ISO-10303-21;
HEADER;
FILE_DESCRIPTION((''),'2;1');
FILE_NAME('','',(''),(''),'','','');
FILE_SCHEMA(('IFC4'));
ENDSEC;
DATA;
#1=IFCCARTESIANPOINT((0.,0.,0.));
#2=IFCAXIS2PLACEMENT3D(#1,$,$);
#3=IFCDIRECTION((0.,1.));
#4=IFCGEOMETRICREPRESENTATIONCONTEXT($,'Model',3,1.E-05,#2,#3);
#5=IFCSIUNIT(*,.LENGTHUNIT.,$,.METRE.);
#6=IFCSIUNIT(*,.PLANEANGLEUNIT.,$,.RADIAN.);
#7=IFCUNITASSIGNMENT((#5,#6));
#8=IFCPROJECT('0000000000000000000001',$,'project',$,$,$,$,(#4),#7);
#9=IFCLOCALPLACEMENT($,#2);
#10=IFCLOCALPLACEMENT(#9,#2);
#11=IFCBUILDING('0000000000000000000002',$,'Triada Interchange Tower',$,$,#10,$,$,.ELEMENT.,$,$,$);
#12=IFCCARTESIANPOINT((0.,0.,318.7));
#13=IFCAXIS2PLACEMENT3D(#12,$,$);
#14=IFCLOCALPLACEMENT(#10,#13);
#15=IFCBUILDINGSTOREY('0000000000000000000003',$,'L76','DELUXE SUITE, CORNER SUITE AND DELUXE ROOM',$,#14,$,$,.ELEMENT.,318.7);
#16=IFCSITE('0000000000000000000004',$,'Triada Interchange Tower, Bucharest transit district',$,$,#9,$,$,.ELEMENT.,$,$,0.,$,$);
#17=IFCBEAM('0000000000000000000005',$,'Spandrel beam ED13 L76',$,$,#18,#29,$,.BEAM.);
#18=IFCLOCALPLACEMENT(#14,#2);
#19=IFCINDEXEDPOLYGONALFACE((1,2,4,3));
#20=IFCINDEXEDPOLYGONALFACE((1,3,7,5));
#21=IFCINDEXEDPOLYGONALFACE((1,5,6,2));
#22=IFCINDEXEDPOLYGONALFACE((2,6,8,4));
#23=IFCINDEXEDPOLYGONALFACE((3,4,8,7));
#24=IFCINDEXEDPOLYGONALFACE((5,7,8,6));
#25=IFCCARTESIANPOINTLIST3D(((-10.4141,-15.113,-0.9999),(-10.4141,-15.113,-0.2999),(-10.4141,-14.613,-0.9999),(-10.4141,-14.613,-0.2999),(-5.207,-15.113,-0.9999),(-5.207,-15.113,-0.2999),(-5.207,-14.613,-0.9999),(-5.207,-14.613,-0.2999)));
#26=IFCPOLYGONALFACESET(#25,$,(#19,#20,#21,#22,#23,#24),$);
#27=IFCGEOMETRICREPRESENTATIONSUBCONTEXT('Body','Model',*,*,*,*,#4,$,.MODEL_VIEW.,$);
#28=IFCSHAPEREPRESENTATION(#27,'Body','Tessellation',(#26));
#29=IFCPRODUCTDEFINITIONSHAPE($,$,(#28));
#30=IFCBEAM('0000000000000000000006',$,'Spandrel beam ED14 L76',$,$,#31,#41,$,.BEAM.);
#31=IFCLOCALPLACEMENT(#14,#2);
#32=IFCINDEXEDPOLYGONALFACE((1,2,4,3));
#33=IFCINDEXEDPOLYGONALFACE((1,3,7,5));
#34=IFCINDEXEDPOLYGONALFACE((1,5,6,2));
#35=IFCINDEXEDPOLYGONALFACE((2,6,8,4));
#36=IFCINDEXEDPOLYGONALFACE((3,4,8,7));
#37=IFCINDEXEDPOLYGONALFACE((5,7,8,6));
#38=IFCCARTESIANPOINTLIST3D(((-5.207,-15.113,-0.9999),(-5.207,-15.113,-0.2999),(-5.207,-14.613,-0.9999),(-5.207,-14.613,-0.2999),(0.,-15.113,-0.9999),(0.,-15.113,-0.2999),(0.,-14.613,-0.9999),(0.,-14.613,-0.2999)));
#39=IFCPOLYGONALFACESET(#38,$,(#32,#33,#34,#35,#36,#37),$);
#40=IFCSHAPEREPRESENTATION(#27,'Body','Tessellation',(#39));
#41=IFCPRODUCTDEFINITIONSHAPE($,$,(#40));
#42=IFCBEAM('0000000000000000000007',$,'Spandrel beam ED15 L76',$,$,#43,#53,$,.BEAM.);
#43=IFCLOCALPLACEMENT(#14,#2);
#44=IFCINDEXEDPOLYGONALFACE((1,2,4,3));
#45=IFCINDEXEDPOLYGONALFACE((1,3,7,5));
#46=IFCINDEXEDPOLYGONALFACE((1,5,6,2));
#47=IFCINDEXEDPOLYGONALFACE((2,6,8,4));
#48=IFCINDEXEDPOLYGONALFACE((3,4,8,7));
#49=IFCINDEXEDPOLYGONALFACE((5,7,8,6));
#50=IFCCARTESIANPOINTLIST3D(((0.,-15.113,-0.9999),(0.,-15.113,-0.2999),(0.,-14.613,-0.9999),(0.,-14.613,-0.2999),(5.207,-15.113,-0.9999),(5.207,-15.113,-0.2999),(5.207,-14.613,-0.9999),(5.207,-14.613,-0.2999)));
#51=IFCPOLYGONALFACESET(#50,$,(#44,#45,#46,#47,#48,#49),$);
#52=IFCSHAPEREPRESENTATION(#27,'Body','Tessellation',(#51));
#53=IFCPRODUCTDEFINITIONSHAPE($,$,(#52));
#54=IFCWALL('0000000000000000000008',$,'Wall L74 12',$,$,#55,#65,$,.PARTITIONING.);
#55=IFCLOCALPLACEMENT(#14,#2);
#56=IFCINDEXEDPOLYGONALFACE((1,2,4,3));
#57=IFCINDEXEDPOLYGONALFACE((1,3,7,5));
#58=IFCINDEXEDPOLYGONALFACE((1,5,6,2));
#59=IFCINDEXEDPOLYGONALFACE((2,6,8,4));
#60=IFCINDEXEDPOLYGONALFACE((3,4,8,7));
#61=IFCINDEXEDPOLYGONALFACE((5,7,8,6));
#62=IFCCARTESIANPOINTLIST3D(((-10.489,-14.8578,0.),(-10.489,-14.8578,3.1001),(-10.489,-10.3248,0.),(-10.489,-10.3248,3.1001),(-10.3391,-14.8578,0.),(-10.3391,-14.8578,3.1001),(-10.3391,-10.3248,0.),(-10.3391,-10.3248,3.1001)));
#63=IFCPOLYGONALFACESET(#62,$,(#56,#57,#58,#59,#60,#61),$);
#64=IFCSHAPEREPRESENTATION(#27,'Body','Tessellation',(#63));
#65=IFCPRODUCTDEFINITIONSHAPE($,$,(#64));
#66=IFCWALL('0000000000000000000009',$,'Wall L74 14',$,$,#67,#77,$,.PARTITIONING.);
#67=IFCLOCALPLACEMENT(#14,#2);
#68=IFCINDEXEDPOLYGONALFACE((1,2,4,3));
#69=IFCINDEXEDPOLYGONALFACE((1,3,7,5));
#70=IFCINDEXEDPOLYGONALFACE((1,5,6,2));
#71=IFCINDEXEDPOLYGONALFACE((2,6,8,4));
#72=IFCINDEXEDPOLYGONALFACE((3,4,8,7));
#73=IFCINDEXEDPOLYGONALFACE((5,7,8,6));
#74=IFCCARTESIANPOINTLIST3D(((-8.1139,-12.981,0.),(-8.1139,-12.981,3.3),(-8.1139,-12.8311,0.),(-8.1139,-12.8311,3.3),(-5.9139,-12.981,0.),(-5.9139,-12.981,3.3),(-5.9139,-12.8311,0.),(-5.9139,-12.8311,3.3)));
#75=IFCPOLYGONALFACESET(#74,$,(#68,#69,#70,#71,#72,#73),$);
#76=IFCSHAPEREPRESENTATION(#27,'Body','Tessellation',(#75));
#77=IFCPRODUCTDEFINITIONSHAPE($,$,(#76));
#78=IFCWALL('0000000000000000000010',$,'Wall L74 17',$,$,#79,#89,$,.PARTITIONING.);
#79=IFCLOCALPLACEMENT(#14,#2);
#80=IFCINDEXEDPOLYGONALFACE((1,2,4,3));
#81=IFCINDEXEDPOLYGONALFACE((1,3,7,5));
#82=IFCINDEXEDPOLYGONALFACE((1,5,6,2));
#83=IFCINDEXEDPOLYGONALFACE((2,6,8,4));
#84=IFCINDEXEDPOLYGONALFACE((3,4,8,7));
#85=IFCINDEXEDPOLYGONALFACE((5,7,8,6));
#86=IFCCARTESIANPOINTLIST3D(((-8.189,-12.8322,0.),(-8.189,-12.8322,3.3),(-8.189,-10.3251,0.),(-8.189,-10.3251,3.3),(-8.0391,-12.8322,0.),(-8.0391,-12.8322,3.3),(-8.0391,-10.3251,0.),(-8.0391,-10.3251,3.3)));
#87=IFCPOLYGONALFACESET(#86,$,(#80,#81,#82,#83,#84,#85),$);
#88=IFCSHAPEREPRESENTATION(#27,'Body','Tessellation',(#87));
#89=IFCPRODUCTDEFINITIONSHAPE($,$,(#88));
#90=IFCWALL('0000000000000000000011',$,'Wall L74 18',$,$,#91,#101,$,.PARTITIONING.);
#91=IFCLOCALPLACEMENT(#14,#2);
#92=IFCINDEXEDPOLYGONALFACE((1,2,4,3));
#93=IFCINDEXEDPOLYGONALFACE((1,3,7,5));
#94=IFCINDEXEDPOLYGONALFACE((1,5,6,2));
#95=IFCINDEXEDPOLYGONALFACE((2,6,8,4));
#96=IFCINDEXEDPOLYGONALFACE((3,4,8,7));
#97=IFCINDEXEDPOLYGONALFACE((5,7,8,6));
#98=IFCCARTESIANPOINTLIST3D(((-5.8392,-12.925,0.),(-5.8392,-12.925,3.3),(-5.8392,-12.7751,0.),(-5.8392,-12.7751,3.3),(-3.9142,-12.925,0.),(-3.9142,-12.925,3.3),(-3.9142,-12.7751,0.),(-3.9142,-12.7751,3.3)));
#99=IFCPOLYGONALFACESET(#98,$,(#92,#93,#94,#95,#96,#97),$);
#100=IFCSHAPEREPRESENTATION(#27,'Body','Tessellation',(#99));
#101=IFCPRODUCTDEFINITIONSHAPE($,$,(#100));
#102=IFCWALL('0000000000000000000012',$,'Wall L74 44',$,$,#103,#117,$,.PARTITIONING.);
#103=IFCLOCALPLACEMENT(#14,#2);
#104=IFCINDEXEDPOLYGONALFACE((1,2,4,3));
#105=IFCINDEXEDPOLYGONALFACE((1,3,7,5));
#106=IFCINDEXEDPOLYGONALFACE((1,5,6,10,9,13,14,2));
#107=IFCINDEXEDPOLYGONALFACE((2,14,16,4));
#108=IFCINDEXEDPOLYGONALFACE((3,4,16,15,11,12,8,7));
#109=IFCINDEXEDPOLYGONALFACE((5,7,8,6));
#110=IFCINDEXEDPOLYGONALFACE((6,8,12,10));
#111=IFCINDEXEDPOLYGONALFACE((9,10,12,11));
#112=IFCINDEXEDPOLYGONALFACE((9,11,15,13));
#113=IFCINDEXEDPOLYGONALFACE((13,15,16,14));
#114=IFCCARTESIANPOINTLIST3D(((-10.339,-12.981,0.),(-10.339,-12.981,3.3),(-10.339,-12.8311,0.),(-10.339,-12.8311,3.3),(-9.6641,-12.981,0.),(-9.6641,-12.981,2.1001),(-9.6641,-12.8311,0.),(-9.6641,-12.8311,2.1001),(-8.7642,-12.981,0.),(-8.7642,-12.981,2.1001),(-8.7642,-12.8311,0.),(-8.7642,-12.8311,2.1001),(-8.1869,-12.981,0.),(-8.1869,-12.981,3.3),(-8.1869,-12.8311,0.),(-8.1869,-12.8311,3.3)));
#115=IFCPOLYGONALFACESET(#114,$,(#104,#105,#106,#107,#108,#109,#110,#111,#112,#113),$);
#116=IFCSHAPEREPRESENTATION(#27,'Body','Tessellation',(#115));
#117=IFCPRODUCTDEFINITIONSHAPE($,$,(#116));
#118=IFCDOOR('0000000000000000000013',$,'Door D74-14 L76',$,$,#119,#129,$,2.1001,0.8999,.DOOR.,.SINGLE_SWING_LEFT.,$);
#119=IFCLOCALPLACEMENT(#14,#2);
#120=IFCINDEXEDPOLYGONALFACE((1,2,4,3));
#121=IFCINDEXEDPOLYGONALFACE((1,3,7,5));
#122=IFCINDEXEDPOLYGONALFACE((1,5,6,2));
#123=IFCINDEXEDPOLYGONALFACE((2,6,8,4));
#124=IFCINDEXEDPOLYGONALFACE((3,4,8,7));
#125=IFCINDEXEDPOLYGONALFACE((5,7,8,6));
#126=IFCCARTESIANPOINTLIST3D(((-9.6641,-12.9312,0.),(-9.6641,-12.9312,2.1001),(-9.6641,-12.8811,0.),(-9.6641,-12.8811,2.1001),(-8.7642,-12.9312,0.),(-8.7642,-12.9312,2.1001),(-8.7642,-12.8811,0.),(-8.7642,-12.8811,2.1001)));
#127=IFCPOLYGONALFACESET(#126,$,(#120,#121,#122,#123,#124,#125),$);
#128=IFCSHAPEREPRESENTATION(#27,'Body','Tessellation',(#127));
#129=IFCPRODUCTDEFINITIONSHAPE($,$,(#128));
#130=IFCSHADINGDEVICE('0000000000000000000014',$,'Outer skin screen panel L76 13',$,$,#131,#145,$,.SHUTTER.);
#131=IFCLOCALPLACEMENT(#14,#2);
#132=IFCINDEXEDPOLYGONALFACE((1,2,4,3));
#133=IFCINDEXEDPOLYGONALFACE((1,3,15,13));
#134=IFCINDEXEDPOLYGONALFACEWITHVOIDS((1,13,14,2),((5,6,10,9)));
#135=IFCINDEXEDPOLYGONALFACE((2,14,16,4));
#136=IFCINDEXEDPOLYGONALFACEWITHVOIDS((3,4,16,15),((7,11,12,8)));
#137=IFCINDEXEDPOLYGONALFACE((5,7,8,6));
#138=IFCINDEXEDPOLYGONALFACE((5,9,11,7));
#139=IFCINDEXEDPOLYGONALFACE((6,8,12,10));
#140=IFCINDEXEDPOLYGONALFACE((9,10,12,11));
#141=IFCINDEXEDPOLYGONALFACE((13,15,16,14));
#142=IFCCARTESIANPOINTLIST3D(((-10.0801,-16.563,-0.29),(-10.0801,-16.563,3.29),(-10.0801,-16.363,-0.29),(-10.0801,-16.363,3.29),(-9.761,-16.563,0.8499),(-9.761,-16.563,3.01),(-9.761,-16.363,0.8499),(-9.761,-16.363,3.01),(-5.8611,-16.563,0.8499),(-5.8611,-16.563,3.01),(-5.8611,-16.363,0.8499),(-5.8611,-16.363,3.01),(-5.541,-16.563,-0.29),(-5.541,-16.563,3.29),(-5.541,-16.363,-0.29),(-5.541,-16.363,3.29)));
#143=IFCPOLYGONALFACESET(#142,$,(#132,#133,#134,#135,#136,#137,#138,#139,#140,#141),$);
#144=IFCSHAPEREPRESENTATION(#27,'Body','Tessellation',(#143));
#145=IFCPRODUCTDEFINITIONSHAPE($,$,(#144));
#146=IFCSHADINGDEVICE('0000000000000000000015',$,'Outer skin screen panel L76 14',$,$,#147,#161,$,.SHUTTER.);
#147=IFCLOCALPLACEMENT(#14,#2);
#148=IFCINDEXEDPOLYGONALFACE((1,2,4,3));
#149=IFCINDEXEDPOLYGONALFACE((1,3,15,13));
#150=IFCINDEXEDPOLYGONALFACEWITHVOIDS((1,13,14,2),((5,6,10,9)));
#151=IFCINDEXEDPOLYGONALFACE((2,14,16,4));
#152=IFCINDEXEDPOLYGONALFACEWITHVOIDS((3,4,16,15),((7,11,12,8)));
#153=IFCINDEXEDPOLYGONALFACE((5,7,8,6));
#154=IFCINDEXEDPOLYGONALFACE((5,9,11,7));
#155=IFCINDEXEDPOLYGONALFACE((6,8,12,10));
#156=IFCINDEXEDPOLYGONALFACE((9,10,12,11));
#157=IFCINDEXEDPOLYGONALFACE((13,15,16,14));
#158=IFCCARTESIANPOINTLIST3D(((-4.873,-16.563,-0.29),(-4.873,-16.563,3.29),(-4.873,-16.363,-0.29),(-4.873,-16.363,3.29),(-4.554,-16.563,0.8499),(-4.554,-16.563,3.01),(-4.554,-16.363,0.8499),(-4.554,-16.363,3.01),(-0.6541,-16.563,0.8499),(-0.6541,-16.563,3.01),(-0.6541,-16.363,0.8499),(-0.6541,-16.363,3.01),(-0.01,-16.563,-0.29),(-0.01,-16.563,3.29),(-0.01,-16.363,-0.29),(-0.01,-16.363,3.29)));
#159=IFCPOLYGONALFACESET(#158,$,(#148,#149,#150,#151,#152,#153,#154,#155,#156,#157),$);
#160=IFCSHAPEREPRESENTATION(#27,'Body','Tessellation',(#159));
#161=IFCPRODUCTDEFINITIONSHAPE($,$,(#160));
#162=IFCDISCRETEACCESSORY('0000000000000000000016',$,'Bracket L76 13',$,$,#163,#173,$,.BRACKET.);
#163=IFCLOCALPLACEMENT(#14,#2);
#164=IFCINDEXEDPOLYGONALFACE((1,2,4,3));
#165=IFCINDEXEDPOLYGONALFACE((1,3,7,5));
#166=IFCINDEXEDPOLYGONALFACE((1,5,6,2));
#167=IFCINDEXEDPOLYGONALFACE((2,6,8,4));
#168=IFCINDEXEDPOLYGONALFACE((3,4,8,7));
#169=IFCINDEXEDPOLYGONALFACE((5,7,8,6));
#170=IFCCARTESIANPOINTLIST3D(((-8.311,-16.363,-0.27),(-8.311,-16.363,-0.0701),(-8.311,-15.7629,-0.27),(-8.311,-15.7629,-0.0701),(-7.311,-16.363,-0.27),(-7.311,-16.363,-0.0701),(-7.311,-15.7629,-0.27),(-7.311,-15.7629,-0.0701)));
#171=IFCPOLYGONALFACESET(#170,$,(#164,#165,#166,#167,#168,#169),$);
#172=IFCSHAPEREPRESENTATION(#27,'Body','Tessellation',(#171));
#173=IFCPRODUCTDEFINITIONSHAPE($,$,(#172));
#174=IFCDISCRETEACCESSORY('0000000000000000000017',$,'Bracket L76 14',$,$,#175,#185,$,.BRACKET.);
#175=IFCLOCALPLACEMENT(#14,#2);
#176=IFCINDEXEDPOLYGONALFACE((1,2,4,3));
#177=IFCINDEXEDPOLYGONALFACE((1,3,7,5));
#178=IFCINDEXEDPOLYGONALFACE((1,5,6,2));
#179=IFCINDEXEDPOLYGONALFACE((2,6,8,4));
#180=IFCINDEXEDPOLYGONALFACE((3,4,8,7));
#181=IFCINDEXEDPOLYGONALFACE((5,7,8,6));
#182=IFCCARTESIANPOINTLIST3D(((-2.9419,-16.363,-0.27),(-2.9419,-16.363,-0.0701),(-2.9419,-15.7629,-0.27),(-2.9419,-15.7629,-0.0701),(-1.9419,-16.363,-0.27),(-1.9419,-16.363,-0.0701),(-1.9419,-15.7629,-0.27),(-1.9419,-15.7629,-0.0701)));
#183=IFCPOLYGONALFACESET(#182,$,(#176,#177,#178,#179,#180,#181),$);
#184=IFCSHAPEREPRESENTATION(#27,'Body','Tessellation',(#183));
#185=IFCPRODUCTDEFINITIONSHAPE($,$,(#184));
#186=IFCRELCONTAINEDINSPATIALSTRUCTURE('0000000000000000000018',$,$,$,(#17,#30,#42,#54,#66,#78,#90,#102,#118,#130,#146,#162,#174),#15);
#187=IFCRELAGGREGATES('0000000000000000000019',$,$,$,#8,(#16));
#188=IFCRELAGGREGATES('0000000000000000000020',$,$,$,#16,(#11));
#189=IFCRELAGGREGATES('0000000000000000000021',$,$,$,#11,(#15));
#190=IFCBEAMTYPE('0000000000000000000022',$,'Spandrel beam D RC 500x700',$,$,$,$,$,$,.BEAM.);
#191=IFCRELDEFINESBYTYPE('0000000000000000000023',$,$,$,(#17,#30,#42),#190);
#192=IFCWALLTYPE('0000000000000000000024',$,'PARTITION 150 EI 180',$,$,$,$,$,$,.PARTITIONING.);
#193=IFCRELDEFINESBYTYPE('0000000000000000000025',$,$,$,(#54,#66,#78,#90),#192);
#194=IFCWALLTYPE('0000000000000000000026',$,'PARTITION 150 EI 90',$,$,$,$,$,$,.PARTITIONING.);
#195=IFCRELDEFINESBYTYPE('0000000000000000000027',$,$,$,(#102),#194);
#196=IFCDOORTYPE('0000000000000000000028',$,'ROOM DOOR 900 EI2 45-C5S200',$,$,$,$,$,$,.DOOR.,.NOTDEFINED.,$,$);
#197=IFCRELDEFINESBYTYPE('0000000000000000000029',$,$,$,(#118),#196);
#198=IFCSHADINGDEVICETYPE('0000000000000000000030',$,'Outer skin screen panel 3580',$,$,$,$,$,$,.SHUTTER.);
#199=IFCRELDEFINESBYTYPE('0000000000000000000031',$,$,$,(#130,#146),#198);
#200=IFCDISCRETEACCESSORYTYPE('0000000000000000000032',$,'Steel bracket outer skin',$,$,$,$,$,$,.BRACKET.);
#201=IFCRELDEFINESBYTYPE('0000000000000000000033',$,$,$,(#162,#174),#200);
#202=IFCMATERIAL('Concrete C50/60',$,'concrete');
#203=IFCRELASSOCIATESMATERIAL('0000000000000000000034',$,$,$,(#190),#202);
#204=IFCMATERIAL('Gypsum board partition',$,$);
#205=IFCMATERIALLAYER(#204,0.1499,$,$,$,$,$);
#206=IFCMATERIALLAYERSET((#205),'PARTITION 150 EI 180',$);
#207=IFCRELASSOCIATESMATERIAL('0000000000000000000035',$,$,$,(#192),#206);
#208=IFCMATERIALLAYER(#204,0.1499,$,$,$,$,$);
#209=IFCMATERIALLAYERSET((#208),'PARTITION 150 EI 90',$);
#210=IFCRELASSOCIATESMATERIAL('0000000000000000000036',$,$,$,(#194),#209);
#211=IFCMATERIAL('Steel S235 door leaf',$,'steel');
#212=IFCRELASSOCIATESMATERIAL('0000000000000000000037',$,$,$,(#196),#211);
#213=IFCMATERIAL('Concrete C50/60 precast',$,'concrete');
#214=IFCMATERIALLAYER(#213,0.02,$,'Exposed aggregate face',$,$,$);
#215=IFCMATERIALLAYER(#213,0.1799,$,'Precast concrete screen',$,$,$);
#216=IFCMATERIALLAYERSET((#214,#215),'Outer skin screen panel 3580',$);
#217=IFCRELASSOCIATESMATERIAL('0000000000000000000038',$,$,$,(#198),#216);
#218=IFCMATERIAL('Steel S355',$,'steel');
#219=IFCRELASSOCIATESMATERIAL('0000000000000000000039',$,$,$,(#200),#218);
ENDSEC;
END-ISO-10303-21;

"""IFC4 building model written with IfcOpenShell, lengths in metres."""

from ifc_helpers import new_model, si_unit, direction, frame, frame_2d, origin, origin_2d, place, context, subcontext, project, spatial, polyline, rectangle, outline, extrude, material, layer, layer_set, material_profile, profile_set, type_object, element, fill, save


model = new_model("IFC4")

# Units and contexts
model_context = context("Model", 3, precision=1e-05, world=origin(), true_north=direction((0.0, 1.0)))
body_context = subcontext(model_context, "Body", "Model", "MODEL_VIEW")
ifc_project = project(units=[si_unit("LENGTHUNIT", "METRE"), si_unit("PLANEANGLEUNIT", "RADIAN")], contexts=[model_context])

# Site, building, storey
site_placement = place(None, origin())
site = spatial("IfcSite", under=ifc_project, at=site_placement, Name="Triada Interchange Tower, Bucharest transit district", CompositionType="ELEMENT", RefElevation=0.0)
building_placement = place(site_placement, origin())
building = spatial("IfcBuilding", under=site, at=building_placement, Name="Triada Interchange Tower", CompositionType="ELEMENT")
storey_placement = place(building_placement, frame((0.0, 0.0, 318.7)))
storey = spatial("IfcBuildingStorey", under=building, at=storey_placement, Name="L76", Description="DELUXE SUITE, CORNER SUITE AND DELUXE ROOM", CompositionType="ELEMENT", Elevation=318.7)

# Shared definitions
ifc_material_1 = material(Name="Steel S355", Category="steel")

# Beams
ifc_material_2 = material(Name="Concrete C50/60", Category="concrete")
ifc_material_profile_1 = material_profile(ifc_material_2, rectangle(XDim=0.5, YDim=0.7, at=origin_2d()), Name="RC 500x700")
ifc_profile_set_1 = profile_set([ifc_material_profile_1], Name="Concrete C50/60")
beam_type_1 = type_object("IfcBeamType", Name="Spandrel beam D RC 500x700", PredefinedType="BEAM", material=ifc_profile_set_1)
for number, where, z_axis, x_axis, name in (
    (1, (-10.4141, -14.863, -0.6499), (1.0, 0.0, 0.0), (0.0, 1.0, 0.0), "Spandrel beam ED13 L76"),
    (2, (-5.207, -14.863, -0.6499), (1.0, 0.0, 0.0), (0.0, 1.0, 0.0), "Spandrel beam ED14 L76"),
    (3, (0.0, -14.863, -0.6499), (1.0, 0.0, 0.0), (0.0, 1.0, 0.0), "Spandrel beam ED15 L76"),
):
    element("IfcBeam", number, at=place(storey_placement, frame(where, z_axis=z_axis, x_axis=x_axis)), inside=storey, type_object=beam_type_1, Name=name, PredefinedType="BEAM", context=body_context, shape_type="SweptSolid", body=[
        extrude(rectangle(XDim=0.5, YDim=0.7, at=origin_2d()), origin(), (0.0, 0.0, 1.0), 5.207),
    ])

# Walls
ifc_material_3 = material(Name="Gypsum board partition")
ifc_layer_1 = layer(ifc_material_3, 0.1499)
ifc_layer_set_1 = layer_set([ifc_layer_1], Name="PARTITION 150 EI 180")
wall_type_1 = type_object("IfcWallType", Name="PARTITION 150 EI 180", PredefinedType="PARTITIONING", material=ifc_layer_set_1)
wall_1_placement = place(storey_placement, frame((-10.4141, -14.8579, 0.0), z_axis=(0.0, 0.0, 1.0), x_axis=(0.0, 1.0, 0.0)))
element("IfcWall", 4, at=wall_1_placement, inside=storey, type_object=wall_type_1, Name="Wall L74 12", PredefinedType="PARTITIONING", context=body_context, shape_type="SweptSolid", body=[
    extrude(rectangle(XDim=4.533, YDim=0.1499, at=frame_2d((2.2666, 0.0))), origin(), (0.0, 0.0, 1.0), 3.1001),
])
wall_2_placement = place(storey_placement, frame((-8.114, -12.906, 0.0), z_axis=(0.0, 0.0, 1.0), x_axis=(1.0, 0.0, 0.0)))
element("IfcWall", 5, at=wall_2_placement, inside=storey, type_object=wall_type_1, Name="Wall L74 14", PredefinedType="PARTITIONING", context=body_context, shape_type="SweptSolid", body=[
    extrude(rectangle(XDim=2.2, YDim=0.1499, at=frame_2d((1.1001, 0.0))), origin(), (0.0, 0.0, 1.0), 3.3),
])
wall_3_placement = place(storey_placement, frame((-8.114, -12.832, 0.0), z_axis=(0.0, 0.0, 1.0), x_axis=(0.0, 1.0, 0.0)))
element("IfcWall", 6, at=wall_3_placement, inside=storey, type_object=wall_type_1, Name="Wall L74 17", PredefinedType="PARTITIONING", context=body_context, shape_type="SweptSolid", body=[
    extrude(rectangle(XDim=2.5071, YDim=0.1499, at=frame_2d((1.2534, 0.0))), origin(), (0.0, 0.0, 1.0), 3.3),
])
wall_4_placement = place(storey_placement, frame((-5.8391, -12.8501, 0.0), z_axis=(0.0, 0.0, 1.0), x_axis=(1.0, 0.0, 0.0)))
element("IfcWall", 7, at=wall_4_placement, inside=storey, type_object=wall_type_1, Name="Wall L74 18", PredefinedType="PARTITIONING", context=body_context, shape_type="SweptSolid", body=[
    extrude(rectangle(XDim=1.925, YDim=0.1499, at=frame_2d((0.9624, 0.0))), origin(), (0.0, 0.0, 1.0), 3.3),
])

# Wall, opening, door
ifc_layer_2 = layer(ifc_material_3, 0.1499)
ifc_layer_set_2 = layer_set([ifc_layer_2], Name="PARTITION 150 EI 90")
wall_type_2 = type_object("IfcWallType", Name="PARTITION 150 EI 90", PredefinedType="PARTITIONING", material=ifc_layer_set_2)
wall_5_placement = place(storey_placement, frame((-10.3391, -12.906, 0.0), z_axis=(0.0, 0.0, 1.0), x_axis=(1.0, 0.0, 0.0)))
wall_5 = element("IfcWall", 8, at=wall_5_placement, inside=storey, type_object=wall_type_2, Name="Wall L74 44", PredefinedType="PARTITIONING", context=body_context, shape_type="SweptSolid", body=[
    extrude(rectangle(XDim=2.1521, YDim=0.1499, at=frame_2d((1.0762, 0.0))), origin(), (0.0, 0.0, 1.0), 3.3),
])
opening_placement = place(wall_5_placement, frame((0.675, 0.0, 0.0)))
opening = element("IfcOpeningElement", 9, at=opening_placement, cuts=wall_5, PredefinedType="OPENING", context=body_context, shape_type="SweptSolid", body=[
    extrude(rectangle(XDim=0.8999, YDim=2.1001, at=frame_2d((0.45, 1.05))), frame((0.0, 0.085, 0.0), z_axis=(0.0, -1.0, 0.0), x_axis=(1.0, 0.0, 0.0)), (0.0, 0.0, 1.0), 0.1699),
])
ifc_material_4 = material(Name="Steel S235 door leaf", Category="steel")
door_type = type_object("IfcDoorType", Name="ROOM DOOR 900 EI2 45-C5S200", OperationType="NOTDEFINED", PredefinedType="DOOR", material=ifc_material_4)
door_placement = place(opening_placement, origin())
door = element("IfcDoor", 10, at=door_placement, inside=storey, type_object=door_type, Name="Door D74-14 L76", OperationType="SINGLE_SWING_LEFT", OverallHeight=2.1001, OverallWidth=0.8999, PredefinedType="DOOR", context=body_context, shape_type="SweptSolid", body=[
    extrude(rectangle(XDim=0.8999, YDim=2.1001, at=frame_2d((0.45, 1.05))), frame((0.0, 0.0249, 0.0), z_axis=(0.0, -1.0, 0.0), x_axis=(1.0, 0.0, 0.0)), (0.0, 0.0, 1.0), 0.05),
])
fill(opening, door)

# Shading devices
ifc_material_5 = material(Name="Concrete C50/60 precast", Category="concrete")
ifc_layer_3 = layer(ifc_material_5, 0.02, Name="Exposed aggregate face")
ifc_layer_4 = layer(ifc_material_5, 0.1799, Name="Precast concrete screen")
ifc_layer_set_3 = layer_set([ifc_layer_3, ifc_layer_4], Name="Outer skin screen panel 3580")
shading_device_type = type_object("IfcShadingDeviceType", Name="Outer skin screen panel 3580", PredefinedType="SHUTTER", material=ifc_layer_set_3)
shading_device_1_placement = place(storey_placement, frame((-10.0801, -16.363, -0.29), z_axis=(0.0, 0.0, 1.0), x_axis=(1.0, 0.0, 0.0)))
element("IfcShadingDevice", 11, at=shading_device_1_placement, inside=storey, type_object=shading_device_type, Name="Outer skin screen panel L76 13", PredefinedType="SHUTTER", context=body_context, shape_type="SweptSolid", body=[
    extrude(outline(polyline([(0.0, 0.0), (4.5391, 0.0), (4.5391, 3.5801), (0.0, 3.5801), (0.0, 0.0)]), holes=[polyline([(0.3191, 1.1399), (0.3191, 3.3), (4.219, 3.3), (4.219, 1.1399), (0.3191, 1.1399)])]), frame((0.0, 0.0, 0.0), z_axis=(0.0, -1.0, 0.0), x_axis=(1.0, 0.0, 0.0)), (0.0, 0.0, 1.0), 0.2),
])
shading_device_2_placement = place(storey_placement, frame((-4.873, -16.363, -0.29), z_axis=(0.0, 0.0, 1.0), x_axis=(1.0, 0.0, 0.0)))
element("IfcShadingDevice", 12, at=shading_device_2_placement, inside=storey, type_object=shading_device_type, Name="Outer skin screen panel L76 14", PredefinedType="SHUTTER", context=body_context, shape_type="SweptSolid", body=[
    extrude(outline(polyline([(0.0, 0.0), (4.863, 0.0), (4.863, 3.5801), (0.0, 3.5801), (0.0, 0.0)]), holes=[polyline([(0.3191, 1.1399), (0.3191, 3.3), (4.219, 3.3), (4.219, 1.1399), (0.3191, 1.1399)])]), frame((0.0, 0.0, 0.0), z_axis=(0.0, -1.0, 0.0), x_axis=(1.0, 0.0, 0.0)), (0.0, 0.0, 1.0), 0.2),
])

# Discrete accessories
discrete_accessory_type = type_object("IfcDiscreteAccessoryType", Name="Steel bracket outer skin", PredefinedType="BRACKET", material=ifc_material_1)
for number, where, z_axis, x_axis, name in (
    (13, (-7.811, -16.063, -0.27), (0.0, 0.0, 1.0), (0.0, -1.0, 0.0), "Bracket L76 13"),
    (14, (-2.4419, -16.063, -0.27), (0.0, 0.0, 1.0), (0.0, -1.0, 0.0), "Bracket L76 14"),
):
    element("IfcDiscreteAccessory", number, at=place(storey_placement, frame(where, z_axis=z_axis, x_axis=x_axis)), inside=storey, type_object=discrete_accessory_type, Name=name, PredefinedType="BRACKET", context=body_context, shape_type="SweptSolid", body=[
        extrude(rectangle(XDim=0.6001, YDim=1.0, at=origin_2d()), origin(), (0.0, 0.0, 1.0), 0.2),
    ])

save(model, "model.ifc")
